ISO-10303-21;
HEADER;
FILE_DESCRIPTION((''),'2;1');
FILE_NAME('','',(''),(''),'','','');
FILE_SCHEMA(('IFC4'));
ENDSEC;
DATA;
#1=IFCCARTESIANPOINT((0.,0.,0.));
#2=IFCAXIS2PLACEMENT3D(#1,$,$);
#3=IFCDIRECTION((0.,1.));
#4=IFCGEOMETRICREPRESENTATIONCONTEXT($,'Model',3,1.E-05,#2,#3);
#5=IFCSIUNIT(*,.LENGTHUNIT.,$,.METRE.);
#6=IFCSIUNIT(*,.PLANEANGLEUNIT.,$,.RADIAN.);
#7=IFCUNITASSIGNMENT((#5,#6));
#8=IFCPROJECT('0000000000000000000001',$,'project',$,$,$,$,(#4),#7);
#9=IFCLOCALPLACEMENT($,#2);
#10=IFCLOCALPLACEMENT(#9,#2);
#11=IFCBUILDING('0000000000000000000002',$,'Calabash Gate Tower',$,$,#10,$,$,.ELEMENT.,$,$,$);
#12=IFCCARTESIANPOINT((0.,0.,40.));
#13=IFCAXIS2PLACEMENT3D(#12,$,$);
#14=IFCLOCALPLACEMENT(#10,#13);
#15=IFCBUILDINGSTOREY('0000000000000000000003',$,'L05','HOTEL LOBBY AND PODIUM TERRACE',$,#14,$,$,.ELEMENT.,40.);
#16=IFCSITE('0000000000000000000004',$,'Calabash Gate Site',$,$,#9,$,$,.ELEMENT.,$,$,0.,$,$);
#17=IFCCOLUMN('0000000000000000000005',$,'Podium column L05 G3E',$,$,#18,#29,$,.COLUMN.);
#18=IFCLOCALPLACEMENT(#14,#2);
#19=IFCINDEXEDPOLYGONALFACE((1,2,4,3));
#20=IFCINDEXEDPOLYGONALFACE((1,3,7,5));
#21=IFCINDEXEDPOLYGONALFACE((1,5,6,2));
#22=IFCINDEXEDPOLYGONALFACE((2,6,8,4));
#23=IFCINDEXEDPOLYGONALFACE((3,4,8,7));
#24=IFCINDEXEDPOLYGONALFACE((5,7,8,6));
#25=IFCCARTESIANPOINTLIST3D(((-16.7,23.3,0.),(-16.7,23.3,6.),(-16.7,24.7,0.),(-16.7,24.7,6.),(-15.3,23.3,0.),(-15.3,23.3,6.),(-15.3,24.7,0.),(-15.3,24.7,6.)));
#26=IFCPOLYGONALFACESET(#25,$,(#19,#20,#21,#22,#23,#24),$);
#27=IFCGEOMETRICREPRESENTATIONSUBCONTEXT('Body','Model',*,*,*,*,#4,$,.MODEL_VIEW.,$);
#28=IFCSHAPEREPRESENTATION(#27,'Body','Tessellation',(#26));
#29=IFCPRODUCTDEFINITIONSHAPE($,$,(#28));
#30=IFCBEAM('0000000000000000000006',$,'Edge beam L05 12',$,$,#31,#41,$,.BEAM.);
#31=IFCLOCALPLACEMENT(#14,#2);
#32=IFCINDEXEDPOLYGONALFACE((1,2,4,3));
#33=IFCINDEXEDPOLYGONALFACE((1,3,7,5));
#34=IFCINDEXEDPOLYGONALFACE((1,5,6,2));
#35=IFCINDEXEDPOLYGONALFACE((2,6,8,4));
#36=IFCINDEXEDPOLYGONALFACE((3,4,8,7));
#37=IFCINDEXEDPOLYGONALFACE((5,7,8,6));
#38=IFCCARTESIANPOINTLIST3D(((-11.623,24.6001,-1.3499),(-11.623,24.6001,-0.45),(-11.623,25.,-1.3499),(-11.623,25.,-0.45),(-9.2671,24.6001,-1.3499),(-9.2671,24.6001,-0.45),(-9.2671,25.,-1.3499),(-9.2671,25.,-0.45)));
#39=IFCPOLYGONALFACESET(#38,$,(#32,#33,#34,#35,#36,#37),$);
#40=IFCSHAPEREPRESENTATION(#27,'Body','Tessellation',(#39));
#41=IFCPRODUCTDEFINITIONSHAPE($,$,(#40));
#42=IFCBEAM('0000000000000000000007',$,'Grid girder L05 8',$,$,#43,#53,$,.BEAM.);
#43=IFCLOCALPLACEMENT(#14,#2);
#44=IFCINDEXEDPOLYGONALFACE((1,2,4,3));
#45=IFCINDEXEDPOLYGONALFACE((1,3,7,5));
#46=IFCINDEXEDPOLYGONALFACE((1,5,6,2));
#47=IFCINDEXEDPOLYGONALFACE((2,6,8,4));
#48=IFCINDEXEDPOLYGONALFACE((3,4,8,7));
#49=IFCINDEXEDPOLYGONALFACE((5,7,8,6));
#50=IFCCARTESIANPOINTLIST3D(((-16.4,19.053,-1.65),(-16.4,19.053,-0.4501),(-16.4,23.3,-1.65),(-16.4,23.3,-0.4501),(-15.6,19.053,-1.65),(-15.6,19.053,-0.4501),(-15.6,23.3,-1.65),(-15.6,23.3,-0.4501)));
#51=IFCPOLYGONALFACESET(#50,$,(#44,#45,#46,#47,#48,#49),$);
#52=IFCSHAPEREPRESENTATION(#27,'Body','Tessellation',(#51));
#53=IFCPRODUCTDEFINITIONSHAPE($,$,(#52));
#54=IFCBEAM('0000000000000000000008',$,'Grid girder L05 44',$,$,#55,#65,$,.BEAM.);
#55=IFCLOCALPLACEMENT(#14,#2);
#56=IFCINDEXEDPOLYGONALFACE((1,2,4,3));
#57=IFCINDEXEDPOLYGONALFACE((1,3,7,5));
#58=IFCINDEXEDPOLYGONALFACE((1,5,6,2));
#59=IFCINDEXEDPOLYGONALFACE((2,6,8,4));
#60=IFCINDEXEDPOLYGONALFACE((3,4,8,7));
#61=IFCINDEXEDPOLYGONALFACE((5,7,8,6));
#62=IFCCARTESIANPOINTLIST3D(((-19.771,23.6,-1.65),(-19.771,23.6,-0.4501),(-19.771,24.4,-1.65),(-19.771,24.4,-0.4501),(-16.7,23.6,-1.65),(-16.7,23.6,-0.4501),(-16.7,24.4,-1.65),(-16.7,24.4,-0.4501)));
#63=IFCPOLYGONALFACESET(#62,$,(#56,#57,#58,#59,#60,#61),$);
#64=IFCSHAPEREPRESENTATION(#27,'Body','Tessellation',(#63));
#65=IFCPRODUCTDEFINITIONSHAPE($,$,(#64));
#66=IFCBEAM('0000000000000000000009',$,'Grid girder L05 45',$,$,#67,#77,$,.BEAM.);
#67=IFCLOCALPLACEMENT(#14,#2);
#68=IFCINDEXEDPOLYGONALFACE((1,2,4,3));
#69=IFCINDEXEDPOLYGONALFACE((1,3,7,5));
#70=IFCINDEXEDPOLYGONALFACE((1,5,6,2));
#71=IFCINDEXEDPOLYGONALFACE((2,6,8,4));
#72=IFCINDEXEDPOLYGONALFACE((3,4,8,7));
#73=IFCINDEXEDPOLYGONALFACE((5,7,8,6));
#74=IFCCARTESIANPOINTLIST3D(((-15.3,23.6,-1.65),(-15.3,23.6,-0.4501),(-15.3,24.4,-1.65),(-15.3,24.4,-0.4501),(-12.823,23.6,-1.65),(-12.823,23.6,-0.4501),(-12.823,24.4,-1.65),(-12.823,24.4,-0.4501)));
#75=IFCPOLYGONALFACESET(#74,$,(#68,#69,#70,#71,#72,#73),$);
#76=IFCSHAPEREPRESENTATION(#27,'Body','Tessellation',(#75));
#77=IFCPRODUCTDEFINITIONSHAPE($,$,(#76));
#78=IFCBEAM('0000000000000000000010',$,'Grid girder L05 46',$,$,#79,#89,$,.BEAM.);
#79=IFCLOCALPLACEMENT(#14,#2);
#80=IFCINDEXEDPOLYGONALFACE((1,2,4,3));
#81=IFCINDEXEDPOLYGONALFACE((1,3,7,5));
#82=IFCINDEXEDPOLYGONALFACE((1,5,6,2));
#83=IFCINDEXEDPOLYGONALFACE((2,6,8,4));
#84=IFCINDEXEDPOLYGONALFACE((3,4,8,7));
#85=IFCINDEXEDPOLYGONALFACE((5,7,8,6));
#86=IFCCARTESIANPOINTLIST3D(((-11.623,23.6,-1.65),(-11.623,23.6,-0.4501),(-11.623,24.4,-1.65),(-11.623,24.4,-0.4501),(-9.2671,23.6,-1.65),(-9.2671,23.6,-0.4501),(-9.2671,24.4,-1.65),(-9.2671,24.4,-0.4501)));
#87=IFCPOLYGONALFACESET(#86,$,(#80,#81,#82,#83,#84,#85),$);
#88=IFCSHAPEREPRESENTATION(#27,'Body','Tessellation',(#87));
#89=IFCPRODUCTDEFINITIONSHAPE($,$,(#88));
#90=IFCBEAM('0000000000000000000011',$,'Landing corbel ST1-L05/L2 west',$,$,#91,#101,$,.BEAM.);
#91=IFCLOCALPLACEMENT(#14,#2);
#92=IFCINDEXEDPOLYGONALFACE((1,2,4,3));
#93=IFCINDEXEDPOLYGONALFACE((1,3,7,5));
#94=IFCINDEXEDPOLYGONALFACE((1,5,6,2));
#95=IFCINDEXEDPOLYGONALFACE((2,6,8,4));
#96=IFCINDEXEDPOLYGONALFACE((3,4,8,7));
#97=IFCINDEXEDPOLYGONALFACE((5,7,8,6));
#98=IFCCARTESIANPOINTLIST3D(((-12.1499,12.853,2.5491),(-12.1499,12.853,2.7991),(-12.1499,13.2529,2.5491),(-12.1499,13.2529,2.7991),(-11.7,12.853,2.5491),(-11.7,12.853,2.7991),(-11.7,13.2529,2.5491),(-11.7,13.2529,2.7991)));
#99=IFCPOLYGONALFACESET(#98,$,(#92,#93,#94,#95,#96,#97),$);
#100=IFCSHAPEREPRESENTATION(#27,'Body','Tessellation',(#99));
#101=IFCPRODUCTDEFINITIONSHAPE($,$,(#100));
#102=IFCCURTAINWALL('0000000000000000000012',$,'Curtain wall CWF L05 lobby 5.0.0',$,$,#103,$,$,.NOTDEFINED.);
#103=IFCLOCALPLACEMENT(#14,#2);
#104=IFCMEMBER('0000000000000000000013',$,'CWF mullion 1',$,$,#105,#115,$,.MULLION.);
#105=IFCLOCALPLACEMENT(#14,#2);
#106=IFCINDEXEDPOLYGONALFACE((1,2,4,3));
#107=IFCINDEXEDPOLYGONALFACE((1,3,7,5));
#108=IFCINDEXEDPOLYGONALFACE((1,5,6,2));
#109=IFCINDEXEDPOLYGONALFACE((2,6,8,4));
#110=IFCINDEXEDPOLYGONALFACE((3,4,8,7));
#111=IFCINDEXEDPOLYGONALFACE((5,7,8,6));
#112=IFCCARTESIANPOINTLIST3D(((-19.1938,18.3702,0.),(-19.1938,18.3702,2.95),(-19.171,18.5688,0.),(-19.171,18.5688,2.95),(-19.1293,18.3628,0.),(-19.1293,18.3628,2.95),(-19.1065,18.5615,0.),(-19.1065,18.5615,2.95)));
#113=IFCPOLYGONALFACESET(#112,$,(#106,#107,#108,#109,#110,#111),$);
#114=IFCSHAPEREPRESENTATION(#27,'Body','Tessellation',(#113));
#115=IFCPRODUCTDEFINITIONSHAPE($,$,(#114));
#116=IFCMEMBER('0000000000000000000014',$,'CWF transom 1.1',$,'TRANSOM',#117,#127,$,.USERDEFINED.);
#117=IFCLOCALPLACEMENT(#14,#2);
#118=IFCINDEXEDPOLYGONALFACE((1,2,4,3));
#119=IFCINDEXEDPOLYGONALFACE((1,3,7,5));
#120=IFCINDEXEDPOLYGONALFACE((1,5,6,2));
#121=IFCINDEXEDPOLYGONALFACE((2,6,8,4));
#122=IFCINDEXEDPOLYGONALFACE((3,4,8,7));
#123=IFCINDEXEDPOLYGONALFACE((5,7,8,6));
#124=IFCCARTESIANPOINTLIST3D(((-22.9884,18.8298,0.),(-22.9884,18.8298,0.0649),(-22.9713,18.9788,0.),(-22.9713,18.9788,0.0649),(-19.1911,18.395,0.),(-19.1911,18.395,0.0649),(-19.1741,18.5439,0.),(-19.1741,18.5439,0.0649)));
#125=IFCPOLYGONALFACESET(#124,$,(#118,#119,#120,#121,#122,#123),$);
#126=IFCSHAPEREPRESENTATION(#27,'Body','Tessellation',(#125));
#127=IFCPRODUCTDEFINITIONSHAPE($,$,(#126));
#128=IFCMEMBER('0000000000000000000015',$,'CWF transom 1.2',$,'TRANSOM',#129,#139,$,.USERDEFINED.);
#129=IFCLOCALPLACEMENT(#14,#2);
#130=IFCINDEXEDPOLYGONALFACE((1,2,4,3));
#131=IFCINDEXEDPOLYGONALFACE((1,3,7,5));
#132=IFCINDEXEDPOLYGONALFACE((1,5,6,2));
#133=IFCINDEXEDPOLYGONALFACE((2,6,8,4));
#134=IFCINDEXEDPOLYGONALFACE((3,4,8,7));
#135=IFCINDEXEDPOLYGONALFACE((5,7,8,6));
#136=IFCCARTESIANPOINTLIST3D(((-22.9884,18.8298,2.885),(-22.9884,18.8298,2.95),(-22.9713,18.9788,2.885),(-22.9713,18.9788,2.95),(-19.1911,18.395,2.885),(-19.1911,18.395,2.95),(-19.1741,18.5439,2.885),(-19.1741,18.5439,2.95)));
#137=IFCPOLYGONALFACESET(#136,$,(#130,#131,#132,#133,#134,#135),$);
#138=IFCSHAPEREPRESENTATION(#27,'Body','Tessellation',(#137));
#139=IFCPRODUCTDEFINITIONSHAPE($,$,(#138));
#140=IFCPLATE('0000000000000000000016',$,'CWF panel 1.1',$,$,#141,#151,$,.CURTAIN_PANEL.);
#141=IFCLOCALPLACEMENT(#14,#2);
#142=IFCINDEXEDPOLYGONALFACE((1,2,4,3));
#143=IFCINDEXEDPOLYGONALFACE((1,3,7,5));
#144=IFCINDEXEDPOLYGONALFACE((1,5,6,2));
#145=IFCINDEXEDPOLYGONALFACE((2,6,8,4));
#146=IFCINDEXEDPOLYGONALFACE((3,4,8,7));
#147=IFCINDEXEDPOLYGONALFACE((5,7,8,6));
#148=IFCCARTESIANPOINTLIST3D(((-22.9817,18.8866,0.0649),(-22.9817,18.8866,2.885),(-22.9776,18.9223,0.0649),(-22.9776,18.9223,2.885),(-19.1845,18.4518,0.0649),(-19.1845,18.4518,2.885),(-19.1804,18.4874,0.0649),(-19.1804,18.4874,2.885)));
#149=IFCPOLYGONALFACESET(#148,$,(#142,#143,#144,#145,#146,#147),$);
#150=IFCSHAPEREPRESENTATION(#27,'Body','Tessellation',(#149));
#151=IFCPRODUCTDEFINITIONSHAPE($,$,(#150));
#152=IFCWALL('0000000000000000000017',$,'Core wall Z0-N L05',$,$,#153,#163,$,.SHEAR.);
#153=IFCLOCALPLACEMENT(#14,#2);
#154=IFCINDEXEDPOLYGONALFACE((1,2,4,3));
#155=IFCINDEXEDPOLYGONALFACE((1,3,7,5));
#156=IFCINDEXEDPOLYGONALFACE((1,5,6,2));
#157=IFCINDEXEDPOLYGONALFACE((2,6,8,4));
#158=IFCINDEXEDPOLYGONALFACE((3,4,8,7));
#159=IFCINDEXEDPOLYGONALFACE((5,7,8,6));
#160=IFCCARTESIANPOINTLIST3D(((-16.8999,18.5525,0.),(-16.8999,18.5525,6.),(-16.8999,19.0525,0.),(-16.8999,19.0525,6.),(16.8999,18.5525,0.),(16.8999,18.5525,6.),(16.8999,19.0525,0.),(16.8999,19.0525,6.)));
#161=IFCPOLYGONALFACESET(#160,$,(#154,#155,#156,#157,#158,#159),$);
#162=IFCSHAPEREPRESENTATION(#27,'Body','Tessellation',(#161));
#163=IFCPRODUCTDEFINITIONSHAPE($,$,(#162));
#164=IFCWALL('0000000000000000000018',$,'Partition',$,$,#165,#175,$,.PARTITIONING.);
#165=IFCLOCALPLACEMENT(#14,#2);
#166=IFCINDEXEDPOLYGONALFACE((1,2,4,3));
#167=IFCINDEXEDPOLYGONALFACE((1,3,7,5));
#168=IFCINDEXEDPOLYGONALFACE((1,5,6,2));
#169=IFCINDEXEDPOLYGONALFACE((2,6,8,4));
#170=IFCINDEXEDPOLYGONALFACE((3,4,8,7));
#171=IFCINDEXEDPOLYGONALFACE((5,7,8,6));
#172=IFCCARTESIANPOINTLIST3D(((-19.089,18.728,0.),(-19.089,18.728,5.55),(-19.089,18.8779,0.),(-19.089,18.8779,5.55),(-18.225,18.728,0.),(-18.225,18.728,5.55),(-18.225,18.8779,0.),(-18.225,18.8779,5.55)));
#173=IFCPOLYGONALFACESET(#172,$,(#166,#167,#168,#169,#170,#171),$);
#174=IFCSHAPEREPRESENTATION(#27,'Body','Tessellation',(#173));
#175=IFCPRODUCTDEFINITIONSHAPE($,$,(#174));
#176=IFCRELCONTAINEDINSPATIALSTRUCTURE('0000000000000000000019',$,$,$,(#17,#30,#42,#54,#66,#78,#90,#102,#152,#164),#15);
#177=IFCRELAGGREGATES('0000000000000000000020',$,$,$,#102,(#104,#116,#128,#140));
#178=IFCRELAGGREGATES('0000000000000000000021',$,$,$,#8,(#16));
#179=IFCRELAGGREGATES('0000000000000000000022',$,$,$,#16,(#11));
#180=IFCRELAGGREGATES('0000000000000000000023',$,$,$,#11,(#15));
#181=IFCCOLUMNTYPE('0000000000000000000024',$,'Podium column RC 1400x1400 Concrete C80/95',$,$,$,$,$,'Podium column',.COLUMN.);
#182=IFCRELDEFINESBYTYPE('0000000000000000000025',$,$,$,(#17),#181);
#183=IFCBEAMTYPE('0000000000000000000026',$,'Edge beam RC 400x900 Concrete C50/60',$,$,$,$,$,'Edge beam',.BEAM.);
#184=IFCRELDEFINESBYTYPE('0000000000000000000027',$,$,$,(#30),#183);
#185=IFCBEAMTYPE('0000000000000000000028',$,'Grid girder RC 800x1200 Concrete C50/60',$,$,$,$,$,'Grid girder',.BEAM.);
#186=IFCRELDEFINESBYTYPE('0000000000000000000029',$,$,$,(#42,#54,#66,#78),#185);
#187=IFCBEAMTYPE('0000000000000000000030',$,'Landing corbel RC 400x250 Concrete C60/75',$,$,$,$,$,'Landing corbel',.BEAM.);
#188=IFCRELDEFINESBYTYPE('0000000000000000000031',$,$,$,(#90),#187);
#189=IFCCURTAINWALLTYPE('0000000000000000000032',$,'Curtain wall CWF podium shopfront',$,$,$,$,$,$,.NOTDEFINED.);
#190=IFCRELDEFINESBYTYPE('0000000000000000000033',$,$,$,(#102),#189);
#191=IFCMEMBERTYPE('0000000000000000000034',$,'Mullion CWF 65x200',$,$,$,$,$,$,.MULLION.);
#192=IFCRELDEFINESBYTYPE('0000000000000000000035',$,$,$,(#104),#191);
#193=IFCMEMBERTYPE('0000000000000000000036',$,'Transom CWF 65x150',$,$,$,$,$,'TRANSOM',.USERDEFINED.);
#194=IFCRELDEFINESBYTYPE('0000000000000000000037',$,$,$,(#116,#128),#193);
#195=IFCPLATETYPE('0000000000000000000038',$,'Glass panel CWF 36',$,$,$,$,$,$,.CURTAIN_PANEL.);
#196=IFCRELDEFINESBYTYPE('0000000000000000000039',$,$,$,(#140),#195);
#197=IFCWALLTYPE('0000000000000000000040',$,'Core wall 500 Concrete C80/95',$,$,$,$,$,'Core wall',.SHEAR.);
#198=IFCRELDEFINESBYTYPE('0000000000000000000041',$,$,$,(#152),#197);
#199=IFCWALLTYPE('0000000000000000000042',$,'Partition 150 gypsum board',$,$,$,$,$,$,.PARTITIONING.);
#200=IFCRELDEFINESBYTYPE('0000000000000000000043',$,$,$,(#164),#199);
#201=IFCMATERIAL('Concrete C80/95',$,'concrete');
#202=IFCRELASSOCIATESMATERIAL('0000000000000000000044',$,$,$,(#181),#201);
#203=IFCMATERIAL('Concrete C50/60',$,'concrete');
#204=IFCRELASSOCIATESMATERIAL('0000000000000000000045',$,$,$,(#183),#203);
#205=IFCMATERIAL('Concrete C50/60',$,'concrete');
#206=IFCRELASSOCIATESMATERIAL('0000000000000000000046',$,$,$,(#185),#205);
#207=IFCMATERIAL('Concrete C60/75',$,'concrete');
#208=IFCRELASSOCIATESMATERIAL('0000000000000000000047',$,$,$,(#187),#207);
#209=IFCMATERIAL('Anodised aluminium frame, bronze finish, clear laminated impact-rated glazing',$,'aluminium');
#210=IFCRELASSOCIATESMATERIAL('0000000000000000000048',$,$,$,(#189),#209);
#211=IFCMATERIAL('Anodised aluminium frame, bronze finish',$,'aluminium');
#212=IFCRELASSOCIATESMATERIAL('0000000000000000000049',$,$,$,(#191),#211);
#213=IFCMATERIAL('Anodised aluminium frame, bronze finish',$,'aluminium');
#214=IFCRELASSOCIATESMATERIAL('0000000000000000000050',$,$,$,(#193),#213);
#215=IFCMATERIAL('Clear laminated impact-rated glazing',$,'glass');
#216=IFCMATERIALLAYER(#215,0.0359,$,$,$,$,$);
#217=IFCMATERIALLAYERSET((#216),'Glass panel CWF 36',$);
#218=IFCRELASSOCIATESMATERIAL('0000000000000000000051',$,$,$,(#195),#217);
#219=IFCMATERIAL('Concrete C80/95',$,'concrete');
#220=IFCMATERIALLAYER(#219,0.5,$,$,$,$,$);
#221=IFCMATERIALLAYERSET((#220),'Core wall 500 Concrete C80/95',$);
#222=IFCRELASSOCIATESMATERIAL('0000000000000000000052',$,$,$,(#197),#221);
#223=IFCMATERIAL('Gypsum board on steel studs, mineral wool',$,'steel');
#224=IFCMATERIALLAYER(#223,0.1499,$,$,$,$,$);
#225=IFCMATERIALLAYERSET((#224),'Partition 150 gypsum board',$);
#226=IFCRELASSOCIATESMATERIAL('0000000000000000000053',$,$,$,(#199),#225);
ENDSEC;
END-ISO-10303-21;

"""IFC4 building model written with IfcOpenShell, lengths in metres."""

from ifc_helpers import new_model, si_unit, direction, frame, frame_2d, origin, origin_2d, place, context, subcontext, project, spatial, rectangle, extrude, material, layer, layer_set, material_profile, profile_set, type_object, element, aggregate, save


model = new_model("IFC4")

# Units and contexts
model_context = context("Model", 3, precision=1e-05, world=origin(), true_north=direction((0.0, 1.0)))
body_context = subcontext(model_context, "Body", "Model", "MODEL_VIEW")
ifc_project = project(units=[si_unit("LENGTHUNIT", "METRE"), si_unit("PLANEANGLEUNIT", "RADIAN")], contexts=[model_context])

# Site, building, storey
site_placement = place(None, origin())
site = spatial("IfcSite", under=ifc_project, at=site_placement, Name="Calabash Gate Site", CompositionType="ELEMENT", RefElevation=0.0)
building_placement = place(site_placement, origin())
building = spatial("IfcBuilding", under=site, at=building_placement, Name="Calabash Gate Tower", CompositionType="ELEMENT")
storey_placement = place(building_placement, frame((0.0, 0.0, 40.0)))
storey = spatial("IfcBuildingStorey", under=building, at=storey_placement, Name="L05", Description="HOTEL LOBBY AND PODIUM TERRACE", CompositionType="ELEMENT", Elevation=40.0)

# Column
ifc_material_1 = material(Name="Concrete C80/95", Category="concrete")
ifc_material_profile_1 = material_profile(ifc_material_1, rectangle(XDim=1.3999, YDim=1.3999, at=origin_2d()))
ifc_profile_set_1 = profile_set([ifc_material_profile_1], Name="Concrete C80/95")
column_type = type_object("IfcColumnType", Name="Podium column RC 1400x1400 Concrete C80/95", ElementType="Podium column", PredefinedType="COLUMN", material=ifc_profile_set_1)
column_placement = place(storey_placement, frame((-16.0, 24.0, 0.0), z_axis=(0.0, 0.0, 1.0), x_axis=(1.0, 0.0, 0.0)))
element("IfcColumn", 1, at=column_placement, inside=storey, type_object=column_type, Name="Podium column L05 G3E", PredefinedType="COLUMN", context=body_context, shape_type="SweptSolid", body=[
    extrude(rectangle(XDim=1.3999, YDim=1.3999, at=origin_2d()), origin(), (0.0, 0.0, 1.0), 6.0),
])

# Beams
ifc_material_2 = material(Name="Concrete C50/60", Category="concrete")
ifc_material_profile_2 = material_profile(ifc_material_2, rectangle(XDim=0.3999, YDim=0.8999, at=origin_2d()))
ifc_profile_set_2 = profile_set([ifc_material_profile_2], Name="Concrete C50/60")
beam_type_1 = type_object("IfcBeamType", Name="Edge beam RC 400x900 Concrete C50/60", ElementType="Edge beam", PredefinedType="BEAM", material=ifc_profile_set_2)
beam_1_placement = place(storey_placement, frame((-11.623, 24.8, -0.8999), z_axis=(1.0, 0.0, 0.0), x_axis=(0.0, 1.0, 0.0)))
element("IfcBeam", 2, at=beam_1_placement, inside=storey, type_object=beam_type_1, Name="Edge beam L05 12", PredefinedType="BEAM", context=body_context, shape_type="SweptSolid", body=[
    extrude(rectangle(XDim=0.3999, YDim=0.8999, at=origin_2d()), origin(), (0.0, 0.0, 1.0), 2.356),
])
ifc_material_3 = material(Name="Concrete C50/60", Category="concrete")
ifc_material_profile_3 = material_profile(ifc_material_3, rectangle(XDim=0.8, YDim=1.2, at=origin_2d()))
ifc_profile_set_3 = profile_set([ifc_material_profile_3], Name="Concrete C50/60")
beam_type_2 = type_object("IfcBeamType", Name="Grid girder RC 800x1200 Concrete C50/60", ElementType="Grid girder", PredefinedType="BEAM", material=ifc_profile_set_3)
beam_2_placement = place(storey_placement, frame((-16.0, 19.053, -1.05), z_axis=(0.0, 1.0, 0.0), x_axis=(-1.0, 0.0, 0.0)))
element("IfcBeam", 3, at=beam_2_placement, inside=storey, type_object=beam_type_2, Name="Grid girder L05 8", PredefinedType="BEAM", context=body_context, shape_type="SweptSolid", body=[
    extrude(rectangle(XDim=0.8, YDim=1.2, at=origin_2d()), origin(), (0.0, 0.0, 1.0), 4.2471),
])
beam_3_placement = place(storey_placement, frame((-19.771, 24.0, -1.05), z_axis=(1.0, 0.0, 0.0), x_axis=(0.0, 1.0, 0.0)))
element("IfcBeam", 4, at=beam_3_placement, inside=storey, type_object=beam_type_2, Name="Grid girder L05 44", PredefinedType="BEAM", context=body_context, shape_type="SweptSolid", body=[
    extrude(rectangle(XDim=0.8, YDim=1.2, at=origin_2d()), origin(), (0.0, 0.0, 1.0), 3.071),
])
beam_4_placement = place(storey_placement, frame((-15.3, 24.0, -1.05), z_axis=(1.0, 0.0, 0.0), x_axis=(0.0, 1.0, 0.0)))
element("IfcBeam", 5, at=beam_4_placement, inside=storey, type_object=beam_type_2, Name="Grid girder L05 45", PredefinedType="BEAM", context=body_context, shape_type="SweptSolid", body=[
    extrude(rectangle(XDim=0.8, YDim=1.2, at=origin_2d()), origin(), (0.0, 0.0, 1.0), 2.4771),
])
beam_5_placement = place(storey_placement, frame((-11.623, 24.0, -1.05), z_axis=(1.0, 0.0, 0.0), x_axis=(0.0, 1.0, 0.0)))
element("IfcBeam", 6, at=beam_5_placement, inside=storey, type_object=beam_type_2, Name="Grid girder L05 46", PredefinedType="BEAM", context=body_context, shape_type="SweptSolid", body=[
    extrude(rectangle(XDim=0.8, YDim=1.2, at=origin_2d()), origin(), (0.0, 0.0, 1.0), 2.356),
])
ifc_material_4 = material(Name="Concrete C60/75", Category="concrete")
ifc_material_profile_4 = material_profile(ifc_material_4, rectangle(XDim=0.3999, YDim=0.25, at=origin_2d()))
ifc_profile_set_4 = profile_set([ifc_material_profile_4], Name="Concrete C60/75")
beam_type_3 = type_object("IfcBeamType", Name="Landing corbel RC 400x250 Concrete C60/75", ElementType="Landing corbel", PredefinedType="BEAM", material=ifc_profile_set_4)
beam_6_placement = place(storey_placement, frame((-12.1499, 13.053, 2.6741), z_axis=(1.0, 0.0, 0.0), x_axis=(0.0, 1.0, 0.0)))
element("IfcBeam", 7, at=beam_6_placement, inside=storey, type_object=beam_type_3, Name="Landing corbel ST1-L05/L2 west", PredefinedType="BEAM", context=body_context, shape_type="SweptSolid", body=[
    extrude(rectangle(XDim=0.3999, YDim=0.25, at=origin_2d()), origin(), (0.0, 0.0, 1.0), 0.45),
])

# Curtain wall, members, plate
ifc_material_5 = material(Name="Anodised aluminium frame, bronze finish, clear laminated impact-rated glazing", Category="aluminium")
curtain_wall_type = type_object("IfcCurtainWallType", Name="Curtain wall CWF podium shopfront", PredefinedType="NOTDEFINED", material=ifc_material_5)
curtain_wall_placement = place(storey_placement, origin())
curtain_wall = element("IfcCurtainWall", 8, at=curtain_wall_placement, inside=storey, type_object=curtain_wall_type, Name="Curtain wall CWF L05 lobby 5.0.0", PredefinedType="NOTDEFINED")
ifc_material_6 = material(Name="Anodised aluminium frame, bronze finish", Category="aluminium")
ifc_material_profile_5 = material_profile(ifc_material_6, rectangle(XDim=0.2, YDim=0.0649, at=origin_2d()))
ifc_profile_set_5 = profile_set([ifc_material_profile_5], Name="Anodised aluminium frame, bronze finish")
member_type_1 = type_object("IfcMemberType", Name="Mullion CWF 65x200", PredefinedType="MULLION", material=ifc_profile_set_5)
member_1_placement = place(storey_placement, frame((-19.1501, 18.4658, 0.0), z_axis=(0.0, 0.0, 1.0), x_axis=(-0.113777, -0.993506, 0.0)))
member_1 = element("IfcMember", 9, at=member_1_placement, type_object=member_type_1, Name="CWF mullion 1", PredefinedType="MULLION", context=body_context, shape_type="SweptSolid", body=[
    extrude(rectangle(XDim=0.2, YDim=0.0649, at=origin_2d()), origin(), (0.0, 0.0, 1.0), 2.95),
])
ifc_material_7 = material(Name="Anodised aluminium frame, bronze finish", Category="aluminium")
ifc_material_profile_6 = material_profile(ifc_material_7, rectangle(XDim=0.1499, YDim=0.0649, at=origin_2d()))
ifc_profile_set_6 = profile_set([ifc_material_profile_6], Name="Anodised aluminium frame, bronze finish")
member_type_2 = type_object("IfcMemberType", Name="Transom CWF 65x150", ElementType="TRANSOM", PredefinedType="USERDEFINED", material=ifc_profile_set_6)
member_2_placement = place(storey_placement, frame((-19.1826, 18.4695, 0.0325), z_axis=(-0.993507, 0.113768, 0.0), x_axis=(-0.113768, -0.993507, 0.0)))
member_2 = element("IfcMember", 10, at=member_2_placement, type_object=member_type_2, Name="CWF transom 1.1", ObjectType="TRANSOM", PredefinedType="USERDEFINED", context=body_context, shape_type="SweptSolid", body=[
    extrude(rectangle(XDim=0.1499, YDim=0.0649, at=origin_2d()), origin(), (0.0, 0.0, 1.0), 3.822),
])
member_3_placement = place(storey_placement, frame((-19.1826, 18.4695, 2.9175), z_axis=(-0.993507, 0.113768, 0.0), x_axis=(-0.113768, -0.993507, 0.0)))
member_3 = element("IfcMember", 11, at=member_3_placement, type_object=member_type_2, Name="CWF transom 1.2", ObjectType="TRANSOM", PredefinedType="USERDEFINED", context=body_context, shape_type="SweptSolid", body=[
    extrude(rectangle(XDim=0.1499, YDim=0.0649, at=origin_2d()), origin(), (0.0, 0.0, 1.0), 3.822),
])
ifc_material_8 = material(Name="Clear laminated impact-rated glazing", Category="glass")
ifc_layer_1 = layer(ifc_material_8, 0.0359)
ifc_layer_set_1 = layer_set([ifc_layer_1], Name="Glass panel CWF 36")
plate_type = type_object("IfcPlateType", Name="Glass panel CWF 36", PredefinedType="CURTAIN_PANEL", material=ifc_layer_set_1)
plate_placement = place(storey_placement, frame((-21.0811, 18.687, 0.0649), z_axis=(0.0, 0.0, 1.0), x_axis=(-0.993506, 0.113777, 0.0)))
plate = element("IfcPlate", 12, at=plate_placement, type_object=plate_type, Name="CWF panel 1.1", PredefinedType="CURTAIN_PANEL", context=body_context, shape_type="SweptSolid", body=[
    extrude(rectangle(XDim=3.822, YDim=0.0359, at=origin_2d()), origin(), (0.0, 0.0, 1.0), 2.8201),
])
aggregate(curtain_wall, [member_1, member_2, member_3, plate])

# Walls
ifc_material_9 = material(Name="Concrete C80/95", Category="concrete")
ifc_layer_2 = layer(ifc_material_9, 0.5)
ifc_layer_set_2 = layer_set([ifc_layer_2], Name="Core wall 500 Concrete C80/95")
wall_type_1 = type_object("IfcWallType", Name="Core wall 500 Concrete C80/95", ElementType="Core wall", PredefinedType="SHEAR", material=ifc_layer_set_2)
wall_1_placement = place(storey_placement, frame((-16.8999, 18.8025, 0.0), z_axis=(0.0, 0.0, 1.0), x_axis=(1.0, 0.0, 0.0)))
element("IfcWall", 13, at=wall_1_placement, inside=storey, type_object=wall_type_1, Name="Core wall Z0-N L05", PredefinedType="SHEAR", context=body_context, shape_type="SweptSolid", body=[
    extrude(rectangle(XDim=33.7998, YDim=0.5, at=frame_2d((16.8999, 0.0))), origin(), (0.0, 0.0, 1.0), 6.0),
])
ifc_material_10 = material(Name="Gypsum board on steel studs, mineral wool", Category="steel")
ifc_layer_3 = layer(ifc_material_10, 0.1499)
ifc_layer_set_3 = layer_set([ifc_layer_3], Name="Partition 150 gypsum board")
wall_type_2 = type_object("IfcWallType", Name="Partition 150 gypsum board", PredefinedType="PARTITIONING", material=ifc_layer_set_3)
wall_2_placement = place(storey_placement, frame((-19.0891, 18.803, 0.0), z_axis=(0.0, 0.0, 1.0), x_axis=(1.0, 0.0, 0.0)))
element("IfcWall", 14, at=wall_2_placement, inside=storey, type_object=wall_type_2, Name="Partition", PredefinedType="PARTITIONING", context=body_context, shape_type="SweptSolid", body=[
    extrude(rectangle(XDim=0.864, YDim=0.1499, at=frame_2d((0.4321, 0.0))), origin(), (0.0, 0.0, 1.0), 5.55),
])

save(model, "model.ifc")
